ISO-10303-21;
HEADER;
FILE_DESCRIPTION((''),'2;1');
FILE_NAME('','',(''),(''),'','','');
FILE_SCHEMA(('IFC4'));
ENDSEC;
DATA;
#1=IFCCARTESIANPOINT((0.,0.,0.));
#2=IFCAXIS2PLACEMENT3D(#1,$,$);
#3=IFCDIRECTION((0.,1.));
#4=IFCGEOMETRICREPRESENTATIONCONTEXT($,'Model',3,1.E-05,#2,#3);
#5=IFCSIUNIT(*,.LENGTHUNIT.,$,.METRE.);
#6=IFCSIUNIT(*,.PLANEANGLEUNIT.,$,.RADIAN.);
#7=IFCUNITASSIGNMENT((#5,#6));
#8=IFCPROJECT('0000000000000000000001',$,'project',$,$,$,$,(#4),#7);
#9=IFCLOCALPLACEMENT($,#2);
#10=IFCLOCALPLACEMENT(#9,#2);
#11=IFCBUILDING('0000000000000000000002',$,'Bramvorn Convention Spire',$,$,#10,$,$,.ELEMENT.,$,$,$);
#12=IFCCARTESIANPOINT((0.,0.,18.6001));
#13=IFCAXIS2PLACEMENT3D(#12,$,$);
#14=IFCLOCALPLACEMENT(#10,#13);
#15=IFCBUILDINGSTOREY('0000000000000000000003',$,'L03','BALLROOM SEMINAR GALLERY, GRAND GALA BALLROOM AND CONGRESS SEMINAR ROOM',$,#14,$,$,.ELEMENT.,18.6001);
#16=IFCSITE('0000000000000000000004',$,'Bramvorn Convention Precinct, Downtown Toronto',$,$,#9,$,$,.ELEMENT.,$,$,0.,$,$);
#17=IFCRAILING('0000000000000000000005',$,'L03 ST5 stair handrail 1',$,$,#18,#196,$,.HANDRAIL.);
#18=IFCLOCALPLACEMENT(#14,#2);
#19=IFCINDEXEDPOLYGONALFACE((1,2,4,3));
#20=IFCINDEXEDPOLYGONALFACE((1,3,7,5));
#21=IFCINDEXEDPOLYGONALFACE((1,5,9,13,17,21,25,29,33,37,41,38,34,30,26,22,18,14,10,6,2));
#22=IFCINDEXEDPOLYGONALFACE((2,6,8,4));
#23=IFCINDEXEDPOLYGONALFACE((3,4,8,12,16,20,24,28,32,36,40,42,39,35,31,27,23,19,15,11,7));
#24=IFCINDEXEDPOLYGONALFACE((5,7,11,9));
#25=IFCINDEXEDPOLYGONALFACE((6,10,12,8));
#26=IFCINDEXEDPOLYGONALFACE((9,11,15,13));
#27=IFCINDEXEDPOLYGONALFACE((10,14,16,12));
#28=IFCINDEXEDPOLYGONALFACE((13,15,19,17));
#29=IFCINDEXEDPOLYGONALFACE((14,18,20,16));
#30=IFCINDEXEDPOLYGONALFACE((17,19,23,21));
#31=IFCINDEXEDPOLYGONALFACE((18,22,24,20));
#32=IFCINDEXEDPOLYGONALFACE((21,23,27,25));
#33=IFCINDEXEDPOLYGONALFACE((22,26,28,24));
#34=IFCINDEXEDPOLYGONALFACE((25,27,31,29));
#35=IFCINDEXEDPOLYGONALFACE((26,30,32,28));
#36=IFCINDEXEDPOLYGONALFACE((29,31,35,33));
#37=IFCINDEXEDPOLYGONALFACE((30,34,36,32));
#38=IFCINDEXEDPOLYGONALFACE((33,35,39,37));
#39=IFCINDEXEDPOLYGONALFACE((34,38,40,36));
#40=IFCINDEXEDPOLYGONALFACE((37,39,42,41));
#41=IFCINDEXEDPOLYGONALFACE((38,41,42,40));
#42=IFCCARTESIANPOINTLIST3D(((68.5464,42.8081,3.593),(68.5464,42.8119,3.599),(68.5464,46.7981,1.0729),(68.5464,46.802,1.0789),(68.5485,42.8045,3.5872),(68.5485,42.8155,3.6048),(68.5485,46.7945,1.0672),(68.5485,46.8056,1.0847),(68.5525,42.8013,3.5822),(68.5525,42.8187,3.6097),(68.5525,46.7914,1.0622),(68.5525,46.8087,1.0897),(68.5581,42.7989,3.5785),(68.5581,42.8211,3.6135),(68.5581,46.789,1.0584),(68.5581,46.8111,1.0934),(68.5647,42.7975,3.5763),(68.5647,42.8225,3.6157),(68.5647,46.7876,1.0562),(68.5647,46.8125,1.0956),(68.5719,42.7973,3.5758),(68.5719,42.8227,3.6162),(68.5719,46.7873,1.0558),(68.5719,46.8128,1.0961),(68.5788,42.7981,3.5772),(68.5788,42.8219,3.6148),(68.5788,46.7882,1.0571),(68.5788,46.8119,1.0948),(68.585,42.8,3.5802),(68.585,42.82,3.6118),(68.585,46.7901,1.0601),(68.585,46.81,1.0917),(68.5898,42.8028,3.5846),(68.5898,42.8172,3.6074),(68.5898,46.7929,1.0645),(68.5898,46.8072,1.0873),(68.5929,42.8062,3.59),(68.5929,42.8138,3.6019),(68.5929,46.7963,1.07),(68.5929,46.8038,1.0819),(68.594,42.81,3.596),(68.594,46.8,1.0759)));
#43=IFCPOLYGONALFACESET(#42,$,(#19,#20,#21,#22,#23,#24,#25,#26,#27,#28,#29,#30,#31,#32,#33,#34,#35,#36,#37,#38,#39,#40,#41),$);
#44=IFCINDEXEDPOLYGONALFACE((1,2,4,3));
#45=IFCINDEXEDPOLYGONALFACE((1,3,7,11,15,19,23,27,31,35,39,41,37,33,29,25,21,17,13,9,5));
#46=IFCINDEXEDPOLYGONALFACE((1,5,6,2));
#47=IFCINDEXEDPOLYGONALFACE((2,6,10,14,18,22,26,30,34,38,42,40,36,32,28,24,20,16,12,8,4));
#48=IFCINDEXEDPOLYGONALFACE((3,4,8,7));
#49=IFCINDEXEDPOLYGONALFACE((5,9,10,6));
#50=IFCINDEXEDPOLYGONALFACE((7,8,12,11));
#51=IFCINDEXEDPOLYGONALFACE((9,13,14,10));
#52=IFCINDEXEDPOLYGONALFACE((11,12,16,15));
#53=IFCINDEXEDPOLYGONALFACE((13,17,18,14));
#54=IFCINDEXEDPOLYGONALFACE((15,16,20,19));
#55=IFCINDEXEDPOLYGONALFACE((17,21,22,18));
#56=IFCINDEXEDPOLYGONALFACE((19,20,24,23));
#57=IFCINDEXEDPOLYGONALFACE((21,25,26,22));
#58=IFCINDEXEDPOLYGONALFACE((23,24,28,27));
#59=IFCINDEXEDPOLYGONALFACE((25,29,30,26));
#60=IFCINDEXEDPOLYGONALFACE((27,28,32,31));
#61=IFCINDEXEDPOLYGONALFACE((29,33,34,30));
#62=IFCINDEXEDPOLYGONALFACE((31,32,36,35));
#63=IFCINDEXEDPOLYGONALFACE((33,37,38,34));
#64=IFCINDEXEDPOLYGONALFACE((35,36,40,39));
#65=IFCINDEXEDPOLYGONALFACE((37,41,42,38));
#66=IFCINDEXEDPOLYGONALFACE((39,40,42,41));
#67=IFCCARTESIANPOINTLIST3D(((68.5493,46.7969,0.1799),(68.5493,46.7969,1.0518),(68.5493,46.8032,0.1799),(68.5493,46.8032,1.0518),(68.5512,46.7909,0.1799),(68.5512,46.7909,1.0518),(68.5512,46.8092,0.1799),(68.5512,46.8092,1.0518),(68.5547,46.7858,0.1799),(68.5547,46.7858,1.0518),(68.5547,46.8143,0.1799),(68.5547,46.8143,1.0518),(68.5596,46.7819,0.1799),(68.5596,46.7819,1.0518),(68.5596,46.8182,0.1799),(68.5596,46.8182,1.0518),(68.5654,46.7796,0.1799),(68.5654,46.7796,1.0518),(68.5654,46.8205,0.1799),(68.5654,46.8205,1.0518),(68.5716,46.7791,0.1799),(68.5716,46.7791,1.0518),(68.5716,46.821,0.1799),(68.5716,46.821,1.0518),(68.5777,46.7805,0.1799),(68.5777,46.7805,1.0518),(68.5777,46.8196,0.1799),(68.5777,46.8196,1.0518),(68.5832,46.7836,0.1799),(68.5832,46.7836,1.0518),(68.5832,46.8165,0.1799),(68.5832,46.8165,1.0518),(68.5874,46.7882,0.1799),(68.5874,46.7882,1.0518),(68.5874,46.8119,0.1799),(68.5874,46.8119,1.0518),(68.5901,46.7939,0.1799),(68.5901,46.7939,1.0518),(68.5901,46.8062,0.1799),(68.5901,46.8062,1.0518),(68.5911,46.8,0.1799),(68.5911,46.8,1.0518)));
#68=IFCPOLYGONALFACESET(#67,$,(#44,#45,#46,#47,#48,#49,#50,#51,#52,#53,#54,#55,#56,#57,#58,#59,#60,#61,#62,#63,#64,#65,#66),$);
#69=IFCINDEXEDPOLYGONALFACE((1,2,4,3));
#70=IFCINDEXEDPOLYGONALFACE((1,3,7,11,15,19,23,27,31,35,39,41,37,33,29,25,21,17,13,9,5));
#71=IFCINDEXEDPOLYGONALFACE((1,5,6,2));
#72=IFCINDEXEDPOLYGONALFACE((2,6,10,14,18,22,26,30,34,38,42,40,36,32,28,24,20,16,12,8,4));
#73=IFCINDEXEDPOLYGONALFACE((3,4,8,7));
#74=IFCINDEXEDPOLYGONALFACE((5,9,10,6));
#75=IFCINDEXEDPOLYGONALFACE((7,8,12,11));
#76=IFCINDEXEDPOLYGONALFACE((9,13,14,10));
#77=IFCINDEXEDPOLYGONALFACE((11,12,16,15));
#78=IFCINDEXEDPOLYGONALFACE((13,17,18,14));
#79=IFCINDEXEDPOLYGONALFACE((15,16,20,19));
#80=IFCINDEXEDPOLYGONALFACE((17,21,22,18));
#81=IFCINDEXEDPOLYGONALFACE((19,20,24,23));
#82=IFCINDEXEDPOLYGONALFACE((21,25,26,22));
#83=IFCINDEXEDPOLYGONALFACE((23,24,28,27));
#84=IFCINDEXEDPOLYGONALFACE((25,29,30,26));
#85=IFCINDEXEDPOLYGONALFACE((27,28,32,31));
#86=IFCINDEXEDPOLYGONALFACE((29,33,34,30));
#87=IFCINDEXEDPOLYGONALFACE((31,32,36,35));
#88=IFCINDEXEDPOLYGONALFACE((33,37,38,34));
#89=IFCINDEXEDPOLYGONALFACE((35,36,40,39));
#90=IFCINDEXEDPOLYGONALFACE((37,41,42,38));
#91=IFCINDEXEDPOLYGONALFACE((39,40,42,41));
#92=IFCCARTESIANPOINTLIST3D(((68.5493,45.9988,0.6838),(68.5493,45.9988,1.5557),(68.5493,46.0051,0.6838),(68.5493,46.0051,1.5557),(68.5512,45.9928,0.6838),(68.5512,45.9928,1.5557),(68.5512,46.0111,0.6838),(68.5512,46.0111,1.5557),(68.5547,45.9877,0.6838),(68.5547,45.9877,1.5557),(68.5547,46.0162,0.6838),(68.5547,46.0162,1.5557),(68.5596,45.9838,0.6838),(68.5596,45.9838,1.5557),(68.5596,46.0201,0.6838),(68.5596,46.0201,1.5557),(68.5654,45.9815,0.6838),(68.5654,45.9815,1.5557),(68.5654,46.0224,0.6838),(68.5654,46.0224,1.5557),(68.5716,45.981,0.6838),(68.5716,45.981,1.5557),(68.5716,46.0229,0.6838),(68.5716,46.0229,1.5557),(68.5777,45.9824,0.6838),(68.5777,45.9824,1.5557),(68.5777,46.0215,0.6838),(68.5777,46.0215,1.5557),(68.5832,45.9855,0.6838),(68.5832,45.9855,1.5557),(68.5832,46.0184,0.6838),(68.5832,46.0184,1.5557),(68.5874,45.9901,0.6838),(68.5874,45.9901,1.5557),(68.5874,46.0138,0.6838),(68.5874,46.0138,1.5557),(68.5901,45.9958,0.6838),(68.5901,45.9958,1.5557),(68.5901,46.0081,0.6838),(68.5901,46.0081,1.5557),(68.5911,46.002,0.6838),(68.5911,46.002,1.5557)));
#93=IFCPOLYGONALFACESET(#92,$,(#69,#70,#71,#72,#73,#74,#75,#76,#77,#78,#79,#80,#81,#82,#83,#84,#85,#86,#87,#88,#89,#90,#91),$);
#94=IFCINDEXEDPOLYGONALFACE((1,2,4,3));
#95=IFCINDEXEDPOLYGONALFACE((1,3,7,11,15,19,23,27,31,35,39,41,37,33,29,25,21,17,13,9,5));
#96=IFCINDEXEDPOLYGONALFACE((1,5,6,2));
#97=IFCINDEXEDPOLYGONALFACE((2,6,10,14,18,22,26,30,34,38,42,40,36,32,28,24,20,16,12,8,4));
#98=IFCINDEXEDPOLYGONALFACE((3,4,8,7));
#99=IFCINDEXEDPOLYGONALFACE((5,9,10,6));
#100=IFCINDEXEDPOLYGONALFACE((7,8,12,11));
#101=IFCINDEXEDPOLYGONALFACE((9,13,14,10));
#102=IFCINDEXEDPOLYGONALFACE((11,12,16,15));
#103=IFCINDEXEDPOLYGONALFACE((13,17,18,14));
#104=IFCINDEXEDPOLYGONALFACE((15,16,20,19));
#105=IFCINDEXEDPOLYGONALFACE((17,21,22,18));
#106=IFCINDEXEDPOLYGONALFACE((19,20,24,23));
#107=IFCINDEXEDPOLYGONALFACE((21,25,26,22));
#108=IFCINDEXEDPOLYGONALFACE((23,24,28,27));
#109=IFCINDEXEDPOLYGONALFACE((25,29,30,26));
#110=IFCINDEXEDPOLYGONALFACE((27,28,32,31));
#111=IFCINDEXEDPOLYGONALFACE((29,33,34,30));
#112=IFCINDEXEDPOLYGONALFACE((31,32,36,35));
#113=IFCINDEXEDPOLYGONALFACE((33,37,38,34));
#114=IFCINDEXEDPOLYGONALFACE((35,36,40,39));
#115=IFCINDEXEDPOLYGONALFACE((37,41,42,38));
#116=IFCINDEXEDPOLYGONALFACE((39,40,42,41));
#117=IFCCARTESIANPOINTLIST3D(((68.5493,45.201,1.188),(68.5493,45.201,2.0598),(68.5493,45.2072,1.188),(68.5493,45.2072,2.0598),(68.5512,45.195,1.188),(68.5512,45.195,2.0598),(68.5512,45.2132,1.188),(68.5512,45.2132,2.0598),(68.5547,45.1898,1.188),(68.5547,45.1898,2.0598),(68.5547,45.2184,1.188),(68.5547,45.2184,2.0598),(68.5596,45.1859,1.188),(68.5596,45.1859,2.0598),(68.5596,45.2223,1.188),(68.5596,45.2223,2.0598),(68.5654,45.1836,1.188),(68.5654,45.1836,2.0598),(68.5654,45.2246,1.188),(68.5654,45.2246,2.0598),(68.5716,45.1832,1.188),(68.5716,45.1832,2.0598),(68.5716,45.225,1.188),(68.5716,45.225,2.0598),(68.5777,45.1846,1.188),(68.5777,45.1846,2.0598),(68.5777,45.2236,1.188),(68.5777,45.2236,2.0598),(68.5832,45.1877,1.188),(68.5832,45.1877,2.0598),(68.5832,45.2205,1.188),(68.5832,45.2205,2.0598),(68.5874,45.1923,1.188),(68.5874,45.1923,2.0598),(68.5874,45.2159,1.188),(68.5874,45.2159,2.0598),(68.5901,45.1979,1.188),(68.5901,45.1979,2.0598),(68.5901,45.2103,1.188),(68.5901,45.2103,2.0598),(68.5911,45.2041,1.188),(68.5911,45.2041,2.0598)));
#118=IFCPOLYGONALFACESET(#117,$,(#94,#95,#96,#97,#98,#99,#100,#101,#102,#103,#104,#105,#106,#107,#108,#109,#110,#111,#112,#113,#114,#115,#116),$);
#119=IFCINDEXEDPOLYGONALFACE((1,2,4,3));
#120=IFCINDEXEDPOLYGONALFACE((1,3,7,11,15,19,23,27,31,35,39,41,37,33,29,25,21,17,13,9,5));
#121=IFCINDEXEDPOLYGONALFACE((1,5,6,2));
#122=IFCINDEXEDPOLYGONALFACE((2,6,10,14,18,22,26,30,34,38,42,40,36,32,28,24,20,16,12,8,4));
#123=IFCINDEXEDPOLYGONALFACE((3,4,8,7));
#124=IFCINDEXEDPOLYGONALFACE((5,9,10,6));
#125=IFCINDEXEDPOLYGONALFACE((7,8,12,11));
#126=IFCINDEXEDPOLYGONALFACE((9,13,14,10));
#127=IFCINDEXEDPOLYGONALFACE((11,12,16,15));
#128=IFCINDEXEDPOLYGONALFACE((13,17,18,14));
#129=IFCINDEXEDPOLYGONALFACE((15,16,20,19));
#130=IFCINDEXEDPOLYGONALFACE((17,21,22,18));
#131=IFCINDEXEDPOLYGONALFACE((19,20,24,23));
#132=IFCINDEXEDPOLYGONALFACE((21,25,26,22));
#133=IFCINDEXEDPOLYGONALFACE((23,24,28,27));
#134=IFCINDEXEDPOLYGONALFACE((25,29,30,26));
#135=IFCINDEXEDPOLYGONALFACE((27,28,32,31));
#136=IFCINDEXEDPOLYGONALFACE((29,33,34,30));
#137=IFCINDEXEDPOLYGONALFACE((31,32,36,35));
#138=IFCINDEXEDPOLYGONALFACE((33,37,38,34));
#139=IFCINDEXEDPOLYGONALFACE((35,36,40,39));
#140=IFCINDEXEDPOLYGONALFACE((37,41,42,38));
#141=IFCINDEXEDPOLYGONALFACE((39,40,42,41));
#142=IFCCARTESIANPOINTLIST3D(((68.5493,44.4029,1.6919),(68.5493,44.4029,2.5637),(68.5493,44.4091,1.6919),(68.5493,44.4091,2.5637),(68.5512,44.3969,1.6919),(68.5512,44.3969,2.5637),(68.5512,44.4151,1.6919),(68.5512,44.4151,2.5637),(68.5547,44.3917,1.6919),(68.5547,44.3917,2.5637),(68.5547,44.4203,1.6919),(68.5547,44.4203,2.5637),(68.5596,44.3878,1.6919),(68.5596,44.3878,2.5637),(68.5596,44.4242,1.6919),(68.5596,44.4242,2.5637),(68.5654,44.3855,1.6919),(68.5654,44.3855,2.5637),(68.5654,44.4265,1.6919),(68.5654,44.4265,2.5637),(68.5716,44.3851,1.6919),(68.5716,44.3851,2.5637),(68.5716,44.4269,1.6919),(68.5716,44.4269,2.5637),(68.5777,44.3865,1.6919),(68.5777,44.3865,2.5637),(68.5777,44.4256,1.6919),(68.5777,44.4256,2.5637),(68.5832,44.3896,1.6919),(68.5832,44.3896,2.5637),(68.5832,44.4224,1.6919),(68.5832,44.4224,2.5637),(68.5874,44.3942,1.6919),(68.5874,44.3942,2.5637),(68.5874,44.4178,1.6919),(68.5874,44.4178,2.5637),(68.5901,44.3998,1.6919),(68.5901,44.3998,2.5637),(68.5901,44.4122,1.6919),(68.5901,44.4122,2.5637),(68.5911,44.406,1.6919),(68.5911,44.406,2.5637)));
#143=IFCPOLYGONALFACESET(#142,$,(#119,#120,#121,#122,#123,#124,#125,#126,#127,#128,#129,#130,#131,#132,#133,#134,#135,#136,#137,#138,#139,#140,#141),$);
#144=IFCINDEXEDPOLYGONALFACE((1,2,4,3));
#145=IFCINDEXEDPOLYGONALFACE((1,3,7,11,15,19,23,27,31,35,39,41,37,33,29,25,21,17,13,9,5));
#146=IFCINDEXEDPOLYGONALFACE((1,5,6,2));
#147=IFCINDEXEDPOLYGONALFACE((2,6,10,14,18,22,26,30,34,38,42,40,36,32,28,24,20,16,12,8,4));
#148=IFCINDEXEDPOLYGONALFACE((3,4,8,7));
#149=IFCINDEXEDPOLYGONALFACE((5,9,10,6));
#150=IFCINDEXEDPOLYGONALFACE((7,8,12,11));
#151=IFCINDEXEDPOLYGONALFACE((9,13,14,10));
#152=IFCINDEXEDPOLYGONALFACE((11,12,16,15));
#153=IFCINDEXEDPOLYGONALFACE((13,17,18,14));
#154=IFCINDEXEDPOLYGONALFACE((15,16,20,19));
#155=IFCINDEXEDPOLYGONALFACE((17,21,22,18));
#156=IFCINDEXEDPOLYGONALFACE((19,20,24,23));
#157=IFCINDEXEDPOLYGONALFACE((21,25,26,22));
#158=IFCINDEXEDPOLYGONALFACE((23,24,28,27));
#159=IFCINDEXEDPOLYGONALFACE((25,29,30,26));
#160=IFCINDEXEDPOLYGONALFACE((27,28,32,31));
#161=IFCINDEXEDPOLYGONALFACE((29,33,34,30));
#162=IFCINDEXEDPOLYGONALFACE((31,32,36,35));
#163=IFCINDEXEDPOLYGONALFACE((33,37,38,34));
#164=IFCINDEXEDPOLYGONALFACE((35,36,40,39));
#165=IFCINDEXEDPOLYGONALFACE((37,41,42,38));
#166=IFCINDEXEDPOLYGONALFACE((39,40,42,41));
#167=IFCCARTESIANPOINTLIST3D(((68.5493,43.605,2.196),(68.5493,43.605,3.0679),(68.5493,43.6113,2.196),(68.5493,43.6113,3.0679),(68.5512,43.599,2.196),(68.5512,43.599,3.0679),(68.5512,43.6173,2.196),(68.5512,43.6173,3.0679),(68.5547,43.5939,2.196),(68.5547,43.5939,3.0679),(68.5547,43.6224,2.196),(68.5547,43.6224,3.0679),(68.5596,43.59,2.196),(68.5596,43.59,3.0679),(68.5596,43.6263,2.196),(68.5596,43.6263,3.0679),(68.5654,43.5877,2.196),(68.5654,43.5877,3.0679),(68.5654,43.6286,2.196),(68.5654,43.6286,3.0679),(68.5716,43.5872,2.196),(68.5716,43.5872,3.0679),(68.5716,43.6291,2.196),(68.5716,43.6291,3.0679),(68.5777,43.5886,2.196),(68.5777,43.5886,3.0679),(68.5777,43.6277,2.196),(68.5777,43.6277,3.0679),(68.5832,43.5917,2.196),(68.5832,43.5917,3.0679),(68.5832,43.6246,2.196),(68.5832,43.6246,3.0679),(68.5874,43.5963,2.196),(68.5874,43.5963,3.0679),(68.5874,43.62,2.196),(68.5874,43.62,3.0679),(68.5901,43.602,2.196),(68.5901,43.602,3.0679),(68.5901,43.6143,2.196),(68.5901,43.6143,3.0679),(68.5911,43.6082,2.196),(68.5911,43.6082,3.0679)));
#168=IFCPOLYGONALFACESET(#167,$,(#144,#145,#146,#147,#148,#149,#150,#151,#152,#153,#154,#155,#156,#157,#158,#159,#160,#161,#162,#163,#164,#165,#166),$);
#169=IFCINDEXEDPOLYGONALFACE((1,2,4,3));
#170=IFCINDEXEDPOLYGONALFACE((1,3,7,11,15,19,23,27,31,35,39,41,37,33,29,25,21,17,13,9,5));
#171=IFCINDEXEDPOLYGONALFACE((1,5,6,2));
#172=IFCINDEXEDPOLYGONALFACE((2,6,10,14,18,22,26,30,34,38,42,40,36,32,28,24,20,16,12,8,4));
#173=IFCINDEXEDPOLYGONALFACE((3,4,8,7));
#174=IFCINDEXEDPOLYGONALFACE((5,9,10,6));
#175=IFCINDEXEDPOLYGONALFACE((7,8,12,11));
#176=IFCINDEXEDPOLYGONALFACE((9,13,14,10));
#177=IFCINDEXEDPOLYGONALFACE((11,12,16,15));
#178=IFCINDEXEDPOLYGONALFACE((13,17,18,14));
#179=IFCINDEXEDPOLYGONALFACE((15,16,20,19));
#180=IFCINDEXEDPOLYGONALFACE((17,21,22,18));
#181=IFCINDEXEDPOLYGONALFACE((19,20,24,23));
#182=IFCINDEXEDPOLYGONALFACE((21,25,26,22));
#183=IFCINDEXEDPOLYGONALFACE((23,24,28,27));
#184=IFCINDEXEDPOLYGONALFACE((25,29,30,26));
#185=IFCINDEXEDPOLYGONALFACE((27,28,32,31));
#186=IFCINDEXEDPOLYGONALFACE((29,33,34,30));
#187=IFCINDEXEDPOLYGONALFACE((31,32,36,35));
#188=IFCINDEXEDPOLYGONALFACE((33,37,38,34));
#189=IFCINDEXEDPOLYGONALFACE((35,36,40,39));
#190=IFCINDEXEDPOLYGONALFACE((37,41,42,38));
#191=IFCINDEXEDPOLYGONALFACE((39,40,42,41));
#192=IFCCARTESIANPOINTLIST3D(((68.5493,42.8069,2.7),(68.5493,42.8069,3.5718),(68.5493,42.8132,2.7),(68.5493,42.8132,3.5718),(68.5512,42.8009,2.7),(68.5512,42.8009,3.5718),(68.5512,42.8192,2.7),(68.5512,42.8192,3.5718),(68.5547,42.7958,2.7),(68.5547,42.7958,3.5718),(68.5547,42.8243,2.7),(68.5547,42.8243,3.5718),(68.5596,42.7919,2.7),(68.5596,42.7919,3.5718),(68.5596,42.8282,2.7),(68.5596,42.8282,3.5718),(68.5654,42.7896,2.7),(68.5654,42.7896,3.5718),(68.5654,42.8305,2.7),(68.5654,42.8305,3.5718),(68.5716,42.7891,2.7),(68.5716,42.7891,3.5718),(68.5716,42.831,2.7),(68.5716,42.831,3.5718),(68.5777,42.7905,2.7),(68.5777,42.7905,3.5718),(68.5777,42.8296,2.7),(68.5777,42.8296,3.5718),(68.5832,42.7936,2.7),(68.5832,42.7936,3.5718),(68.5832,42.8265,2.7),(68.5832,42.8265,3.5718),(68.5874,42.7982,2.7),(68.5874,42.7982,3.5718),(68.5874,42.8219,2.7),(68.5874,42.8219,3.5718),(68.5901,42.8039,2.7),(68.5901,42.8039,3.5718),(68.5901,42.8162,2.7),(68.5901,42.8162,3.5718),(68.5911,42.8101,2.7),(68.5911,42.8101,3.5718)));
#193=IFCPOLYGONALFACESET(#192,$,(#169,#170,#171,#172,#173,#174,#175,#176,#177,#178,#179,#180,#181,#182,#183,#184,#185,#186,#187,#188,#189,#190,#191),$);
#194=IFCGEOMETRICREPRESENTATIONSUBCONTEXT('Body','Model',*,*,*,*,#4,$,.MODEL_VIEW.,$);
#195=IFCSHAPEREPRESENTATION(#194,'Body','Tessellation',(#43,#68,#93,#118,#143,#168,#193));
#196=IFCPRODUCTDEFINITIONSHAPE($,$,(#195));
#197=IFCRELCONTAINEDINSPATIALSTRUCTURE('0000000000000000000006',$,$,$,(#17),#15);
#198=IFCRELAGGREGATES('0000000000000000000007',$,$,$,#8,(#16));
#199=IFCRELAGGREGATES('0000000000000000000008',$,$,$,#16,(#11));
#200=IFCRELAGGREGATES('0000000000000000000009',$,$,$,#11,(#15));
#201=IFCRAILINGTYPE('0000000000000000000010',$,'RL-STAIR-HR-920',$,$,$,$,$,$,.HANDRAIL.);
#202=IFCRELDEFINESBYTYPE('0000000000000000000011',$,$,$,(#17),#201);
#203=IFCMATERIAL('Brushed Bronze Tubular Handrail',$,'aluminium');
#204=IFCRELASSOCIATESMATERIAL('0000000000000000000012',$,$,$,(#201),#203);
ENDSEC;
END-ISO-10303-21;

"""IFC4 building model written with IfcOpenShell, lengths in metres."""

from ifc_helpers import new_model, si_unit, direction, frame, origin, origin_2d, place, context, subcontext, project, spatial, circle, extrude, material, type_object, element, save


model = new_model("IFC4")

# Units and contexts
model_context = context("Model", 3, precision=1e-05, world=origin(), true_north=direction((0.0, 1.0)))
body_context = subcontext(model_context, "Body", "Model", "MODEL_VIEW")
ifc_project = project(units=[si_unit("LENGTHUNIT", "METRE"), si_unit("PLANEANGLEUNIT", "RADIAN")], contexts=[model_context])

# Site, building, storey
site_placement = place(None, origin())
site = spatial("IfcSite", under=ifc_project, at=site_placement, Name="Bramvorn Convention Precinct, Downtown Toronto", CompositionType="ELEMENT", RefElevation=0.0)
building_placement = place(site_placement, origin())
building = spatial("IfcBuilding", under=site, at=building_placement, Name="Bramvorn Convention Spire", CompositionType="ELEMENT")
storey_placement = place(building_placement, frame((0.0, 0.0, 18.6001)))
storey = spatial("IfcBuildingStorey", under=building, at=storey_placement, Name="L03", Description="BALLROOM SEMINAR GALLERY, GRAND GALA BALLROOM AND CONGRESS SEMINAR ROOM", CompositionType="ELEMENT", Elevation=18.6001)

# Railing
ifc_material_1 = material(Name="Brushed Bronze Tubular Handrail", Category="aluminium")
railing_type_1 = type_object("IfcRailingType", Name="RL-STAIR-HR-920", PredefinedType="HANDRAIL", material=ifc_material_1)
railing_1_placement = place(storey_placement, frame((68.5701, 46.8, 0.1799)))
element("IfcRailing", 1, at=railing_1_placement, inside=storey, type_object=railing_type_1, Name="L03 ST5 stair handrail 1", PredefinedType="HANDRAIL", context=body_context, shape_type="SweptSolid", body=[
    extrude(circle(Radius=0.0239, at=origin_2d()), frame((0.0, 0.0, 0.896), z_axis=(0.0, -0.845486, 0.533997), x_axis=(1.0, 0.0, 0.0)), (0.0, 0.0, 1.0), 4.7192),
    extrude(circle(Radius=0.021, at=origin_2d()), origin(), (0.0, 0.0, 1.0), 0.8718),
    extrude(circle(Radius=0.021, at=origin_2d()), frame((0.0, -0.7981, 0.5039)), (0.0, 0.0, 1.0), 0.8718),
    extrude(circle(Radius=0.021, at=origin_2d()), frame((0.0, -1.5959, 1.0081)), (0.0, 0.0, 1.0), 0.8718),
    extrude(circle(Radius=0.021, at=origin_2d()), frame((0.0, -2.394, 1.512)), (0.0, 0.0, 1.0), 0.8718),
    extrude(circle(Radius=0.021, at=origin_2d()), frame((0.0, -3.1919, 2.0161)), (0.0, 0.0, 1.0), 0.8718),
    extrude(circle(Radius=0.021, at=origin_2d()), frame((0.0, -3.99, 2.52)), (0.0, 0.0, 1.0), 0.8718),
])

save(model, "model.ifc")
